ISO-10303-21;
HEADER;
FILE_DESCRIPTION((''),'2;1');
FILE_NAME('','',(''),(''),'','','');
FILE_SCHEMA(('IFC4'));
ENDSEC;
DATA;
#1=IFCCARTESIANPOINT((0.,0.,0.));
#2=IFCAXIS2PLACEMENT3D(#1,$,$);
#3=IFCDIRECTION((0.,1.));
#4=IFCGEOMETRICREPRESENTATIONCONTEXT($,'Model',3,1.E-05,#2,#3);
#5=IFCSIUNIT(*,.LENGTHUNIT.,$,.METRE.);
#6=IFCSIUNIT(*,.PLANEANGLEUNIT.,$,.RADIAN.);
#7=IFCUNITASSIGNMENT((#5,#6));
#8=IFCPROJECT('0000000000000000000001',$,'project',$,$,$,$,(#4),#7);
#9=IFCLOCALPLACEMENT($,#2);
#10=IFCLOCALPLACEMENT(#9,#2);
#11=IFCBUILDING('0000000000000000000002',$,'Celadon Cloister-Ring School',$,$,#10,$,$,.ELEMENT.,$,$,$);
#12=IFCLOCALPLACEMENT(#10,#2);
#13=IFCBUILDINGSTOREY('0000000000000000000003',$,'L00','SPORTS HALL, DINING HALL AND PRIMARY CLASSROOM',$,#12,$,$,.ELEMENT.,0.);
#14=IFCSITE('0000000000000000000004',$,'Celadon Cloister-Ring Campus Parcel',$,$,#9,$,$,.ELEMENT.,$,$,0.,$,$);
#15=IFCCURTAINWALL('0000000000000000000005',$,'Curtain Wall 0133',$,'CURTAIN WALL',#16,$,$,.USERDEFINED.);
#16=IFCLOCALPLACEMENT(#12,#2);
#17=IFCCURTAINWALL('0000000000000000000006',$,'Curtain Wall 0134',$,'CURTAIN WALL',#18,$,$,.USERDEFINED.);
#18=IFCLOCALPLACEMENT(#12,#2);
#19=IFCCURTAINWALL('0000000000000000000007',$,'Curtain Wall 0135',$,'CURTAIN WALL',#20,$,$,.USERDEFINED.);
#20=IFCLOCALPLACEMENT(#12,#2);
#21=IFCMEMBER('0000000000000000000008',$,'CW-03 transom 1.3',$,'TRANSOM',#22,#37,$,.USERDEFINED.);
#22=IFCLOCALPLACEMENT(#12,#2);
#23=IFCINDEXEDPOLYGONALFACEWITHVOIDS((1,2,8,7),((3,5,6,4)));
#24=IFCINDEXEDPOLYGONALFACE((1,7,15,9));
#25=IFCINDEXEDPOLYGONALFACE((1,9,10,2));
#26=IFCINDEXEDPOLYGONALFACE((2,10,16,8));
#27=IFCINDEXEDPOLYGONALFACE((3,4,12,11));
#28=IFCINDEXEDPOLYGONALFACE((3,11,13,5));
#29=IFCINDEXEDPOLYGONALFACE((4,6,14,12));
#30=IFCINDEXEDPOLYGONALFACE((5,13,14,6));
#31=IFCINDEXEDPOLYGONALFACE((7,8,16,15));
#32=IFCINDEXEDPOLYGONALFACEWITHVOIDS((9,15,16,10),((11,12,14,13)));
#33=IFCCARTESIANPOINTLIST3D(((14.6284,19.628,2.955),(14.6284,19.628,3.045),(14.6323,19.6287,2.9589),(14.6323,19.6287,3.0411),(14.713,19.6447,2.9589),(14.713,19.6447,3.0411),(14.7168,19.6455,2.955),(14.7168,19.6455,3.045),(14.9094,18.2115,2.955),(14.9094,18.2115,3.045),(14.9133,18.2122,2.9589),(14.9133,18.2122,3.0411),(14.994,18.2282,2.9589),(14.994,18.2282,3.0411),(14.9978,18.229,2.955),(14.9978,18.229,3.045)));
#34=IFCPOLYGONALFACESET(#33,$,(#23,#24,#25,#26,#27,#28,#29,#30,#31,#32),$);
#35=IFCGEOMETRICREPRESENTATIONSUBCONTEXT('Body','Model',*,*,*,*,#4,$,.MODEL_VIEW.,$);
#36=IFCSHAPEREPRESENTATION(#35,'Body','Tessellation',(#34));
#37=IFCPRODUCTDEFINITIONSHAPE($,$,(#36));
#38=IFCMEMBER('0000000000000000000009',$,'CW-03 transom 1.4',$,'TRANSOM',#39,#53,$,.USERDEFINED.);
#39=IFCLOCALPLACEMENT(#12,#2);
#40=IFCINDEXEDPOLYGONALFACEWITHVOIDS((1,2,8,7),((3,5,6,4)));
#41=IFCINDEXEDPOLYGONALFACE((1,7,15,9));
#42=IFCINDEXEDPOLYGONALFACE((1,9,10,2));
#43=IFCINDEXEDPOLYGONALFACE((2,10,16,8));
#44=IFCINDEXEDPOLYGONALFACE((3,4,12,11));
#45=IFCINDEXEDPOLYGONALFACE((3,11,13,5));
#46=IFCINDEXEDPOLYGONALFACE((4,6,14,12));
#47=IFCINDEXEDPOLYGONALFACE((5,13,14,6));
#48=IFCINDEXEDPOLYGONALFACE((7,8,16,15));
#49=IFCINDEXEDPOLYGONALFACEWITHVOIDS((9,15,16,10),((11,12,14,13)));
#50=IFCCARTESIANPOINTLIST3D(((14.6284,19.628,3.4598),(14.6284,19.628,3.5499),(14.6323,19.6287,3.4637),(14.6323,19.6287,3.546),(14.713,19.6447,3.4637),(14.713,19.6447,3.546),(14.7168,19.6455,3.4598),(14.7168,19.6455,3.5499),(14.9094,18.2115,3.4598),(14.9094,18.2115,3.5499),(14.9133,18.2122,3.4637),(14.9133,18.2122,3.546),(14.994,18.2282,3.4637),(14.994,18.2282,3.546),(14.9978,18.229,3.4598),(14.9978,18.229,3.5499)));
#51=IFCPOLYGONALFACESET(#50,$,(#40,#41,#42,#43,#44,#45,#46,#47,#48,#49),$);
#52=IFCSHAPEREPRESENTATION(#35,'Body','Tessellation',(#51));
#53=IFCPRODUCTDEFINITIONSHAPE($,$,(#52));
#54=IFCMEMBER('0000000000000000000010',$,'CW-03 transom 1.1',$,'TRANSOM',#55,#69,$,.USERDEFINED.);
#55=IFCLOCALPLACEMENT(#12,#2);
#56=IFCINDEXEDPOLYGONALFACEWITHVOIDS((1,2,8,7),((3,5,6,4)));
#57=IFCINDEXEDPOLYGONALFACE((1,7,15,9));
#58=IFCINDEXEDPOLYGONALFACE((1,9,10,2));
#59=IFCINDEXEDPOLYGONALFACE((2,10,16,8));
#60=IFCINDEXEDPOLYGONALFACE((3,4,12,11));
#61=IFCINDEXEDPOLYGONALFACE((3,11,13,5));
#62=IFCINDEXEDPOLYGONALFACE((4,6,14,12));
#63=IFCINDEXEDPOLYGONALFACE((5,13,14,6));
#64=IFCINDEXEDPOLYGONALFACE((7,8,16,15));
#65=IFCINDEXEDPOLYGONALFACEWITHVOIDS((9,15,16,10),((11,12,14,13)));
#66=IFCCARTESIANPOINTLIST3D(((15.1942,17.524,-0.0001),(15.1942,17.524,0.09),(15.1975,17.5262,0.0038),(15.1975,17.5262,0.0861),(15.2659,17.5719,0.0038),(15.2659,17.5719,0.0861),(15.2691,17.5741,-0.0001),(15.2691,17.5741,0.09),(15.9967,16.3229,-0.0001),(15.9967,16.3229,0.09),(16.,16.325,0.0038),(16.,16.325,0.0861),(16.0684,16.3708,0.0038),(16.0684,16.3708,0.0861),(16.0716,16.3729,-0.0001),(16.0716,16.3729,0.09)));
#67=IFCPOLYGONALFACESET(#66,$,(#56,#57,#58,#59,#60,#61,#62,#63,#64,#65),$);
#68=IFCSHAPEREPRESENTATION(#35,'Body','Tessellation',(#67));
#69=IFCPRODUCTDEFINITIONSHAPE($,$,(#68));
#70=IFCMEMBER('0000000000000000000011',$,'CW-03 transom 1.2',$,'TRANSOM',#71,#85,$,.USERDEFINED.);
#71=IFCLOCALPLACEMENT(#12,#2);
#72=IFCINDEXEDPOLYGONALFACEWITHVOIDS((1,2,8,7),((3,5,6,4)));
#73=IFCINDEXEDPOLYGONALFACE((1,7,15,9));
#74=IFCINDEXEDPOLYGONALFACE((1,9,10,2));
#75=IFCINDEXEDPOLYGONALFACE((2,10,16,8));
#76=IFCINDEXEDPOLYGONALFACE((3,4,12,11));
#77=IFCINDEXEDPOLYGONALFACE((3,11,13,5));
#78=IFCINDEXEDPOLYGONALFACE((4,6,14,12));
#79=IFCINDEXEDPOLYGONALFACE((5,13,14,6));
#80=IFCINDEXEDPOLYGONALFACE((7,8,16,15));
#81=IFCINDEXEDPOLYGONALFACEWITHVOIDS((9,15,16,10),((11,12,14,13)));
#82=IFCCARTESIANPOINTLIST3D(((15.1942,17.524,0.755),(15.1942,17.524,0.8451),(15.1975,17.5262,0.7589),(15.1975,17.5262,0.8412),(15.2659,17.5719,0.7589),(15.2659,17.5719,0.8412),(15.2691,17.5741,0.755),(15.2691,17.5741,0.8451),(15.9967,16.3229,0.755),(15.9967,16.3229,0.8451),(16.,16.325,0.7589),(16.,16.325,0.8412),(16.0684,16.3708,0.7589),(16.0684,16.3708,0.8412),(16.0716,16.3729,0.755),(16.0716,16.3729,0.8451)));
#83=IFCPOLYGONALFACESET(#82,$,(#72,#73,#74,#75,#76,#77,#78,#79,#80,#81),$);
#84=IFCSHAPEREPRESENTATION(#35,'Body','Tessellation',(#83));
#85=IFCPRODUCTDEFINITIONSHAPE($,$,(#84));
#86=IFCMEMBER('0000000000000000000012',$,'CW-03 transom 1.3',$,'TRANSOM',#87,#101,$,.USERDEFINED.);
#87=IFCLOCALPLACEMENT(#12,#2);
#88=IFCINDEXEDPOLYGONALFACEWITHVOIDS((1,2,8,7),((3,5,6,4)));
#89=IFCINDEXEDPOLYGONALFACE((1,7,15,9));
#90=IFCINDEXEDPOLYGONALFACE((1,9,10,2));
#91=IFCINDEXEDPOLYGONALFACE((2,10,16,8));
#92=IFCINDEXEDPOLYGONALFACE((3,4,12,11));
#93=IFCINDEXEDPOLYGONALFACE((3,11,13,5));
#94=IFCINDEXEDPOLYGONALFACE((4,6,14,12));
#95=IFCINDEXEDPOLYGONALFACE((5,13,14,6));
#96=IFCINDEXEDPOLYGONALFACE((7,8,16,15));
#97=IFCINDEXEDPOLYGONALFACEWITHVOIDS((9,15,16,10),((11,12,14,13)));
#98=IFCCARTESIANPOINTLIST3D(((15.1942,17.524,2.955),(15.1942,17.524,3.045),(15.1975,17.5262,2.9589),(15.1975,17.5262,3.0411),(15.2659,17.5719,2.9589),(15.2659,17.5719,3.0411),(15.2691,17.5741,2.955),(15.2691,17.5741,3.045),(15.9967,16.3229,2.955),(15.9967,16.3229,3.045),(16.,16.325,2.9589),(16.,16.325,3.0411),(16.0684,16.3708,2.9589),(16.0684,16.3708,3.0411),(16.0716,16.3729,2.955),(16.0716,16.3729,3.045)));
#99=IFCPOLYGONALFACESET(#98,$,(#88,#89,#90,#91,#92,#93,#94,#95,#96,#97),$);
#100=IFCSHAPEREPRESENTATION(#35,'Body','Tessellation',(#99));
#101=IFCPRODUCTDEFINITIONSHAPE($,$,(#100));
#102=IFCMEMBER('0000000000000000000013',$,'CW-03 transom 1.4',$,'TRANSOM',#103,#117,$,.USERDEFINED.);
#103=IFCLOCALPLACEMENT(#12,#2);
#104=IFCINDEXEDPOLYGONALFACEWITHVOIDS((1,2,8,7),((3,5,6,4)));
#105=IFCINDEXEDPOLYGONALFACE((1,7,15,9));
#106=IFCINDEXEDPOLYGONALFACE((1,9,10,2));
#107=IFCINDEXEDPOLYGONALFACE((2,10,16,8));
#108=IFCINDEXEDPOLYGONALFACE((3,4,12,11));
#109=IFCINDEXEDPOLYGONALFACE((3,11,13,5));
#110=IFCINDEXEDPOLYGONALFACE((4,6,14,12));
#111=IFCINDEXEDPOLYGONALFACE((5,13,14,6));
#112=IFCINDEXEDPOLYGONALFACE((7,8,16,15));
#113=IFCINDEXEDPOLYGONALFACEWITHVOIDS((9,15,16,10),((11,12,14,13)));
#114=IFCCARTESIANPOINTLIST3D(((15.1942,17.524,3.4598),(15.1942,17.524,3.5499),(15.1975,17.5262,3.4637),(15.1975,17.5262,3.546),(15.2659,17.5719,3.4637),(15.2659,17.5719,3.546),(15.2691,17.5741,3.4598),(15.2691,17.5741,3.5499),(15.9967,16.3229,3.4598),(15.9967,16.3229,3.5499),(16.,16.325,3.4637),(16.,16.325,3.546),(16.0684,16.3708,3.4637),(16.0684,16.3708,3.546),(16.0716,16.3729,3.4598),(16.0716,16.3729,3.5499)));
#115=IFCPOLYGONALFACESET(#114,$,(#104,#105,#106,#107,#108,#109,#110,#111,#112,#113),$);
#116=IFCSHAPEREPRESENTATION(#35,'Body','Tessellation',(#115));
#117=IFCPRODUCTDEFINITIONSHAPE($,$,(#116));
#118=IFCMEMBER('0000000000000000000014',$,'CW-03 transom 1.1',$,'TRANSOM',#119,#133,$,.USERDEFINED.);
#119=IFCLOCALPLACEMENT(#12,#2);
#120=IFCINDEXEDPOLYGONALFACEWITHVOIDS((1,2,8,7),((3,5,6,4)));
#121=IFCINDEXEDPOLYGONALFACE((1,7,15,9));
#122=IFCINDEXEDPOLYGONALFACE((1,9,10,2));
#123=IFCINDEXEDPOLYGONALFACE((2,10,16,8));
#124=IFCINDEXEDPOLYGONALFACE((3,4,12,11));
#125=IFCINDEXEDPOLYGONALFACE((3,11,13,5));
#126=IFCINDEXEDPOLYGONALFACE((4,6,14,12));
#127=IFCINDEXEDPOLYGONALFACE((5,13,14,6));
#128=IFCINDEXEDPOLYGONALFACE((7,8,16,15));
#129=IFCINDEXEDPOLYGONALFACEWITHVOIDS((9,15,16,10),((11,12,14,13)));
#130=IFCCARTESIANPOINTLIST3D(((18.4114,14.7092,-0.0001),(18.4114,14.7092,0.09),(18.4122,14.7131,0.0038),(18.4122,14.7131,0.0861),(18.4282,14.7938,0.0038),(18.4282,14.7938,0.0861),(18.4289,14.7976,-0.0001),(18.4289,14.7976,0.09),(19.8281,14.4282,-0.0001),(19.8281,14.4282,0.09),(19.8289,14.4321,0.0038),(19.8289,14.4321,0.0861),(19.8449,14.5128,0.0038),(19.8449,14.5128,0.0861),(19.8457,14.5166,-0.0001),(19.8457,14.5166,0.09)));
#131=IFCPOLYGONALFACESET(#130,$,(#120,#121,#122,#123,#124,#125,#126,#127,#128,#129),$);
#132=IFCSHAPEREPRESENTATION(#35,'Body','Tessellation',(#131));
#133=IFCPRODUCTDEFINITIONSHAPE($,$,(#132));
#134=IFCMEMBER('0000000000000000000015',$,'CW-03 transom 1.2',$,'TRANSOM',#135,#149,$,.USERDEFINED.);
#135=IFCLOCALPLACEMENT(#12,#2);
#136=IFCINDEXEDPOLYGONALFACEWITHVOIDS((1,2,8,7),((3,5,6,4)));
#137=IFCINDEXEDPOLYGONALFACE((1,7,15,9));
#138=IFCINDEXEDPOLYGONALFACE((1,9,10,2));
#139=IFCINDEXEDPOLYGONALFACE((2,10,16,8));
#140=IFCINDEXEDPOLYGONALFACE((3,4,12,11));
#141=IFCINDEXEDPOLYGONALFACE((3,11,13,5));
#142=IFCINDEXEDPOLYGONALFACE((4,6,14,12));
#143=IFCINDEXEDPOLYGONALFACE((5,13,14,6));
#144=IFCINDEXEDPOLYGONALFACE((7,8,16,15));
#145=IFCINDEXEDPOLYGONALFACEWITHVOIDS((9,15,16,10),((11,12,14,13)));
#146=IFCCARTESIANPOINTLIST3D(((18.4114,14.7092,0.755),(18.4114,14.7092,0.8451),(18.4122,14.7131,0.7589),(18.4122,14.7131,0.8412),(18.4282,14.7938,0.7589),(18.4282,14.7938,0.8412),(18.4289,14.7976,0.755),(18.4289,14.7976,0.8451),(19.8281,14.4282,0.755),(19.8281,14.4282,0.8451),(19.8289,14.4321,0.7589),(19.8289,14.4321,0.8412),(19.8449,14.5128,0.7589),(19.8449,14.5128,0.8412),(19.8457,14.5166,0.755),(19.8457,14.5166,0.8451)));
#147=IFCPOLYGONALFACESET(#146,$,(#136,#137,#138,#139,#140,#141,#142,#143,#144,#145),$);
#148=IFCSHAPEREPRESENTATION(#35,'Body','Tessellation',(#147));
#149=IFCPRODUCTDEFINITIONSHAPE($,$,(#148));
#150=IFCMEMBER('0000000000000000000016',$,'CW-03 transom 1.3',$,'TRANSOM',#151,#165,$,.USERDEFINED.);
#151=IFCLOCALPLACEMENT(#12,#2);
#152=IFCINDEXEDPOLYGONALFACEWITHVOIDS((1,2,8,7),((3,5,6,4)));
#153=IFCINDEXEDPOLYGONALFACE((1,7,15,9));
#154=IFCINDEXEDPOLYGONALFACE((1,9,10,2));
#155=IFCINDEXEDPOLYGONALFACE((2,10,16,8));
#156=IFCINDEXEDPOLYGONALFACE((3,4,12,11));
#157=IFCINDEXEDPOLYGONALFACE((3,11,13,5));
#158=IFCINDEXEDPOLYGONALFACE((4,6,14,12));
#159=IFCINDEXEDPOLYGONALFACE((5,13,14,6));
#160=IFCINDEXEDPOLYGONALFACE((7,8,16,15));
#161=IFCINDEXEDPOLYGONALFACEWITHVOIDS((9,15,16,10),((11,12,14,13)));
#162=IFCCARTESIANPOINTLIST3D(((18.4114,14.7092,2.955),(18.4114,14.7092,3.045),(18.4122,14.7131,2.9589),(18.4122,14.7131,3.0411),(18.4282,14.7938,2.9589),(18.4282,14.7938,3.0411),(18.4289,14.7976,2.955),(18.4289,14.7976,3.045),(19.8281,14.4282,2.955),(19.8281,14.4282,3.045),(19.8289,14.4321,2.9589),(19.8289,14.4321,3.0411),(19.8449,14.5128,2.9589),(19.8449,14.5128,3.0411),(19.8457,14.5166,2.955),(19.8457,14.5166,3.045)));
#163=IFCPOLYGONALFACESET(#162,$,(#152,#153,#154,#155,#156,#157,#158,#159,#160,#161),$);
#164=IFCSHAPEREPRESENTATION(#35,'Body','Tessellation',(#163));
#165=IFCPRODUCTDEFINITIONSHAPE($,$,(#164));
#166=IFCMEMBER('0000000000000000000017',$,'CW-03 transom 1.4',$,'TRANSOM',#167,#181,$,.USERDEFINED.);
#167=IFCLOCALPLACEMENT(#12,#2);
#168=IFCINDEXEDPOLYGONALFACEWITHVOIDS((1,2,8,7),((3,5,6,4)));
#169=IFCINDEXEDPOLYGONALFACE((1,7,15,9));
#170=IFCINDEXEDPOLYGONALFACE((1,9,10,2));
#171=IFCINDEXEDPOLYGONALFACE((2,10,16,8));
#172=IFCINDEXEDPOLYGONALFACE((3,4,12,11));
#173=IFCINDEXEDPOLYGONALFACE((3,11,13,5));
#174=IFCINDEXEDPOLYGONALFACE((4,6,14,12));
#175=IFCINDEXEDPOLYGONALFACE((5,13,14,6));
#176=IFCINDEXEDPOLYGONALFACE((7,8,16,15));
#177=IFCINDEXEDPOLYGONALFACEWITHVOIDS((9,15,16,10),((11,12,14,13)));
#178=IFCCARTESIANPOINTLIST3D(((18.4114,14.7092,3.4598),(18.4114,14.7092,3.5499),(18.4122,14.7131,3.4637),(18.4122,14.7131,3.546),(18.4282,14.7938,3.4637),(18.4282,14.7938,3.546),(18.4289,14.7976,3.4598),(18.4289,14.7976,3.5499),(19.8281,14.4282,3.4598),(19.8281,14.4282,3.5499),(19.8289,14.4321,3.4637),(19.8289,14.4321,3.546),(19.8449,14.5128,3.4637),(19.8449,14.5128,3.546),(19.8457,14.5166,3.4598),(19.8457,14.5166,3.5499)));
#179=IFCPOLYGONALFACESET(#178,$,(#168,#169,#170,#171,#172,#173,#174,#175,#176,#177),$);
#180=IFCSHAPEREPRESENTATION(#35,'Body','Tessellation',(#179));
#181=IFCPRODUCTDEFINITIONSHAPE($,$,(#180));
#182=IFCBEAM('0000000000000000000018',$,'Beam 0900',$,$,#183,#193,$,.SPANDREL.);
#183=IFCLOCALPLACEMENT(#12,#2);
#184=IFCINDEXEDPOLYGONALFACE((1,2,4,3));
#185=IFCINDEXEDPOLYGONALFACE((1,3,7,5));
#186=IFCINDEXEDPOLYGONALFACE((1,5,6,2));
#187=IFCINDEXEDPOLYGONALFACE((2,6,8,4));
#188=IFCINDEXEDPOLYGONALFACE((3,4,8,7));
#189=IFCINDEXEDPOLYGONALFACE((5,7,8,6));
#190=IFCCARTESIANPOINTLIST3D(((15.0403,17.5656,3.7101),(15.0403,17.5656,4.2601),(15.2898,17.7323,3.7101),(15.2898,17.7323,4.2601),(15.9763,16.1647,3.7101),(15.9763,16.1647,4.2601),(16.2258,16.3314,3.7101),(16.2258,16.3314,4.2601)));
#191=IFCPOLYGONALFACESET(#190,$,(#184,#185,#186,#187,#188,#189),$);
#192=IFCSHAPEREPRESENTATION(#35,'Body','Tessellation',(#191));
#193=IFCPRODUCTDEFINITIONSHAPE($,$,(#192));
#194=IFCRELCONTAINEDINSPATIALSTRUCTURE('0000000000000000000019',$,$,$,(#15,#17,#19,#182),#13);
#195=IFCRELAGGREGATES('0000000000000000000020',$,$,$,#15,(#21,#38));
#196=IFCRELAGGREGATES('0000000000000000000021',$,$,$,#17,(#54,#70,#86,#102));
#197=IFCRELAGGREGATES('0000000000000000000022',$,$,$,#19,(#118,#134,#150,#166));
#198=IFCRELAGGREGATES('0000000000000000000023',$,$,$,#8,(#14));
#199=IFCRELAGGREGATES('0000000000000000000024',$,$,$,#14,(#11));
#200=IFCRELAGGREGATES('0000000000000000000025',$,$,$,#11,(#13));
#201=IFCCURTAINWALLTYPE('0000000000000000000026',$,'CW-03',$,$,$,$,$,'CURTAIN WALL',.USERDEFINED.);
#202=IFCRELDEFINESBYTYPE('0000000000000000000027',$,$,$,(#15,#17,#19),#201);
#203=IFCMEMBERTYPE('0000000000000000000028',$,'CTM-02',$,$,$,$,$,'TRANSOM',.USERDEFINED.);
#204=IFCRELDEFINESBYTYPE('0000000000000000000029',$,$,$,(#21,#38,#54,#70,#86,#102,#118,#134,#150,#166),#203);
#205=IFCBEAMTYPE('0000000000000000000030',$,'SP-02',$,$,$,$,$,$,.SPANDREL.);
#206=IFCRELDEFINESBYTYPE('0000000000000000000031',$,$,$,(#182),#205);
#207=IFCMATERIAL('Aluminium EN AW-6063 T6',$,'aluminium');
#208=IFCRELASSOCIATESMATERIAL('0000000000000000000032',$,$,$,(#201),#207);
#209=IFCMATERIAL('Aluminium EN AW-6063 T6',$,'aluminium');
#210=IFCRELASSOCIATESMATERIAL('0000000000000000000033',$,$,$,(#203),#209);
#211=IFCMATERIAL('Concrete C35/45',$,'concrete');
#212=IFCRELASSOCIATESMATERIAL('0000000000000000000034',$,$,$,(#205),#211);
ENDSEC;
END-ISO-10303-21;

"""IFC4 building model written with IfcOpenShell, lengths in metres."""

from ifc_helpers import new_model, si_unit, direction, frame, origin, origin_2d, place, context, subcontext, project, spatial, rectangle, hollow_rectangle, extrude, material, material_profile, profile_set, type_object, element, aggregate, save


model = new_model("IFC4")

# Units and contexts
model_context = context("Model", 3, precision=1e-05, world=origin(), true_north=direction((0.0, 1.0)))
body_context = subcontext(model_context, "Body", "Model", "MODEL_VIEW")
ifc_project = project(units=[si_unit("LENGTHUNIT", "METRE"), si_unit("PLANEANGLEUNIT", "RADIAN")], contexts=[model_context])

# Site, building, storey
site_placement = place(None, origin())
site = spatial("IfcSite", under=ifc_project, at=site_placement, Name="Celadon Cloister-Ring Campus Parcel", CompositionType="ELEMENT", RefElevation=0.0)
building_placement = place(site_placement, origin())
building = spatial("IfcBuilding", under=site, at=building_placement, Name="Celadon Cloister-Ring School", CompositionType="ELEMENT")
storey_placement = place(building_placement, origin())
storey = spatial("IfcBuildingStorey", under=building, at=storey_placement, Name="L00", Description="SPORTS HALL, DINING HALL AND PRIMARY CLASSROOM", CompositionType="ELEMENT", Elevation=0.0)

# Curtain wall
ifc_material_1 = material(Name="Aluminium EN AW-6063 T6", Category="aluminium")
curtain_wall_type = type_object("IfcCurtainWallType", Name="CW-03", ElementType="CURTAIN WALL", PredefinedType="USERDEFINED", material=ifc_material_1)
curtain_wall_1_placement = place(storey_placement, origin())
curtain_wall_1 = element("IfcCurtainWall", 1, at=curtain_wall_1_placement, inside=storey, type_object=curtain_wall_type, Name="Curtain Wall 0133", ObjectType="CURTAIN WALL", PredefinedType="USERDEFINED")

# Curtain walls
curtain_wall_2_placement = place(storey_placement, origin())
curtain_wall_2 = element("IfcCurtainWall", 2, at=curtain_wall_2_placement, inside=storey, type_object=curtain_wall_type, Name="Curtain Wall 0134", ObjectType="CURTAIN WALL", PredefinedType="USERDEFINED")
curtain_wall_3_placement = place(storey_placement, origin())
curtain_wall_3 = element("IfcCurtainWall", 3, at=curtain_wall_3_placement, inside=storey, type_object=curtain_wall_type, Name="Curtain Wall 0135", ObjectType="CURTAIN WALL", PredefinedType="USERDEFINED")

# Members
ifc_material_2 = material(Name="Aluminium EN AW-6063 T6", Category="aluminium")
ifc_material_profile_1 = material_profile(ifc_material_2, hollow_rectangle(XDim=0.0901, YDim=0.0901, WallThickness=0.0039, at=origin_2d()), Name="RHS90X90X4")
ifc_profile_set_1 = profile_set([ifc_material_profile_1], Name="Aluminium EN AW-6063 T6")
member_type_1 = type_object("IfcMemberType", Name="CTM-02", ElementType="TRANSOM", PredefinedType="USERDEFINED", material=ifc_profile_set_1)
member_1_placement = place(storey_placement, frame((14.6726, 19.6367, 3.0), z_axis=(0.194588, -0.980885, 0.0), x_axis=(0.980885, 0.194588, 0.0)))
member_1 = element("IfcMember", 4, at=member_1_placement, type_object=member_type_1, Name="CW-03 transom 1.3", ObjectType="TRANSOM", PredefinedType="USERDEFINED", context=body_context, shape_type="SweptSolid", body=[
    extrude(hollow_rectangle(XDim=0.0901, YDim=0.0901, WallThickness=0.0039, at=origin_2d()), origin(), (0.0, 0.0, 1.0), 1.4441),
])
member_2_placement = place(storey_placement, frame((14.6726, 19.6367, 3.5049), z_axis=(0.194588, -0.980885, 0.0), x_axis=(0.980885, 0.194588, 0.0)))
member_2 = element("IfcMember", 5, at=member_2_placement, type_object=member_type_1, Name="CW-03 transom 1.4", ObjectType="TRANSOM", PredefinedType="USERDEFINED", context=body_context, shape_type="SweptSolid", body=[
    extrude(hollow_rectangle(XDim=0.0901, YDim=0.0901, WallThickness=0.0039, at=origin_2d()), origin(), (0.0, 0.0, 1.0), 1.4441),
])
member_3_placement = place(storey_placement, frame((15.2317, 17.5491, 0.0449), z_axis=(0.555519, -0.831504, 0.0), x_axis=(0.831504, 0.555519, 0.0)))
member_3 = element("IfcMember", 6, at=member_3_placement, type_object=member_type_1, Name="CW-03 transom 1.1", ObjectType="TRANSOM", PredefinedType="USERDEFINED", context=body_context, shape_type="SweptSolid", body=[
    extrude(hollow_rectangle(XDim=0.0901, YDim=0.0901, WallThickness=0.0039, at=origin_2d()), origin(), (0.0, 0.0, 1.0), 1.4446),
])
member_4_placement = place(storey_placement, frame((15.2317, 17.5491, 0.8), z_axis=(0.555519, -0.831504, 0.0), x_axis=(0.831504, 0.555519, 0.0)))
member_4 = element("IfcMember", 7, at=member_4_placement, type_object=member_type_1, Name="CW-03 transom 1.2", ObjectType="TRANSOM", PredefinedType="USERDEFINED", context=body_context, shape_type="SweptSolid", body=[
    extrude(hollow_rectangle(XDim=0.0901, YDim=0.0901, WallThickness=0.0039, at=origin_2d()), origin(), (0.0, 0.0, 1.0), 1.4446),
])
member_5_placement = place(storey_placement, frame((15.2317, 17.5491, 3.0), z_axis=(0.555519, -0.831504, 0.0), x_axis=(0.831504, 0.555519, 0.0)))
member_5 = element("IfcMember", 8, at=member_5_placement, type_object=member_type_1, Name="CW-03 transom 1.3", ObjectType="TRANSOM", PredefinedType="USERDEFINED", context=body_context, shape_type="SweptSolid", body=[
    extrude(hollow_rectangle(XDim=0.0901, YDim=0.0901, WallThickness=0.0039, at=origin_2d()), origin(), (0.0, 0.0, 1.0), 1.4446),
])
member_6_placement = place(storey_placement, frame((15.2317, 17.5491, 3.5049), z_axis=(0.555519, -0.831504, 0.0), x_axis=(0.831504, 0.555519, 0.0)))
member_6 = element("IfcMember", 9, at=member_6_placement, type_object=member_type_1, Name="CW-03 transom 1.4", ObjectType="TRANSOM", PredefinedType="USERDEFINED", context=body_context, shape_type="SweptSolid", body=[
    extrude(hollow_rectangle(XDim=0.0901, YDim=0.0901, WallThickness=0.0039, at=origin_2d()), origin(), (0.0, 0.0, 1.0), 1.4446),
])
member_7_placement = place(storey_placement, frame((18.4202, 14.7534, 0.0449), z_axis=(0.980891, -0.194556, 0.0), x_axis=(0.194556, 0.980891, 0.0)))
member_7 = element("IfcMember", 10, at=member_7_placement, type_object=member_type_1, Name="CW-03 transom 1.1", ObjectType="TRANSOM", PredefinedType="USERDEFINED", context=body_context, shape_type="SweptSolid", body=[
    extrude(hollow_rectangle(XDim=0.0901, YDim=0.0901, WallThickness=0.0039, at=origin_2d()), origin(), (0.0, 0.0, 1.0), 1.4443),
])
member_8_placement = place(storey_placement, frame((18.4202, 14.7534, 0.8), z_axis=(0.980891, -0.194556, 0.0), x_axis=(0.194556, 0.980891, 0.0)))
member_8 = element("IfcMember", 11, at=member_8_placement, type_object=member_type_1, Name="CW-03 transom 1.2", ObjectType="TRANSOM", PredefinedType="USERDEFINED", context=body_context, shape_type="SweptSolid", body=[
    extrude(hollow_rectangle(XDim=0.0901, YDim=0.0901, WallThickness=0.0039, at=origin_2d()), origin(), (0.0, 0.0, 1.0), 1.4443),
])
member_9_placement = place(storey_placement, frame((18.4202, 14.7534, 3.0), z_axis=(0.980891, -0.194556, 0.0), x_axis=(0.194556, 0.980891, 0.0)))
member_9 = element("IfcMember", 12, at=member_9_placement, type_object=member_type_1, Name="CW-03 transom 1.3", ObjectType="TRANSOM", PredefinedType="USERDEFINED", context=body_context, shape_type="SweptSolid", body=[
    extrude(hollow_rectangle(XDim=0.0901, YDim=0.0901, WallThickness=0.0039, at=origin_2d()), origin(), (0.0, 0.0, 1.0), 1.4443),
])
member_10_placement = place(storey_placement, frame((18.4202, 14.7534, 3.5049), z_axis=(0.980891, -0.194556, 0.0), x_axis=(0.194556, 0.980891, 0.0)))
member_10 = element("IfcMember", 13, at=member_10_placement, type_object=member_type_1, Name="CW-03 transom 1.4", ObjectType="TRANSOM", PredefinedType="USERDEFINED", context=body_context, shape_type="SweptSolid", body=[
    extrude(hollow_rectangle(XDim=0.0901, YDim=0.0901, WallThickness=0.0039, at=origin_2d()), origin(), (0.0, 0.0, 1.0), 1.4443),
])

# Beam
ifc_material_3 = material(Name="Concrete C35/45", Category="concrete")
ifc_material_profile_2 = material_profile(ifc_material_3, rectangle(XDim=0.3, YDim=0.55, at=origin_2d()), Name="RC300X550")
ifc_profile_set_2 = profile_set([ifc_material_profile_2], Name="Concrete C35/45")
beam_type = type_object("IfcBeamType", Name="SP-02", PredefinedType="SPANDREL", material=ifc_profile_set_2)
for number, where, z_axis, x_axis, name in (
    (14, (15.165, 17.6489, 3.9851), (0.555569, -0.83147, 0.0), (0.83147, 0.555569, 0.0), "Beam 0900"),
):
    element("IfcBeam", number, at=place(storey_placement, frame(where, z_axis=z_axis, x_axis=x_axis)), inside=storey, type_object=beam_type, Name=name, PredefinedType="SPANDREL", context=body_context, shape_type="SweptSolid", body=[
        extrude(rectangle(XDim=0.3, YDim=0.55, at=origin_2d()), origin(), (0.0, 0.0, 1.0), 1.6848),
    ])

aggregate(curtain_wall_1, [member_1, member_2])
aggregate(curtain_wall_2, [member_3, member_4, member_5, member_6])
aggregate(curtain_wall_3, [member_7, member_8, member_9, member_10])

save(model, "model.ifc")
